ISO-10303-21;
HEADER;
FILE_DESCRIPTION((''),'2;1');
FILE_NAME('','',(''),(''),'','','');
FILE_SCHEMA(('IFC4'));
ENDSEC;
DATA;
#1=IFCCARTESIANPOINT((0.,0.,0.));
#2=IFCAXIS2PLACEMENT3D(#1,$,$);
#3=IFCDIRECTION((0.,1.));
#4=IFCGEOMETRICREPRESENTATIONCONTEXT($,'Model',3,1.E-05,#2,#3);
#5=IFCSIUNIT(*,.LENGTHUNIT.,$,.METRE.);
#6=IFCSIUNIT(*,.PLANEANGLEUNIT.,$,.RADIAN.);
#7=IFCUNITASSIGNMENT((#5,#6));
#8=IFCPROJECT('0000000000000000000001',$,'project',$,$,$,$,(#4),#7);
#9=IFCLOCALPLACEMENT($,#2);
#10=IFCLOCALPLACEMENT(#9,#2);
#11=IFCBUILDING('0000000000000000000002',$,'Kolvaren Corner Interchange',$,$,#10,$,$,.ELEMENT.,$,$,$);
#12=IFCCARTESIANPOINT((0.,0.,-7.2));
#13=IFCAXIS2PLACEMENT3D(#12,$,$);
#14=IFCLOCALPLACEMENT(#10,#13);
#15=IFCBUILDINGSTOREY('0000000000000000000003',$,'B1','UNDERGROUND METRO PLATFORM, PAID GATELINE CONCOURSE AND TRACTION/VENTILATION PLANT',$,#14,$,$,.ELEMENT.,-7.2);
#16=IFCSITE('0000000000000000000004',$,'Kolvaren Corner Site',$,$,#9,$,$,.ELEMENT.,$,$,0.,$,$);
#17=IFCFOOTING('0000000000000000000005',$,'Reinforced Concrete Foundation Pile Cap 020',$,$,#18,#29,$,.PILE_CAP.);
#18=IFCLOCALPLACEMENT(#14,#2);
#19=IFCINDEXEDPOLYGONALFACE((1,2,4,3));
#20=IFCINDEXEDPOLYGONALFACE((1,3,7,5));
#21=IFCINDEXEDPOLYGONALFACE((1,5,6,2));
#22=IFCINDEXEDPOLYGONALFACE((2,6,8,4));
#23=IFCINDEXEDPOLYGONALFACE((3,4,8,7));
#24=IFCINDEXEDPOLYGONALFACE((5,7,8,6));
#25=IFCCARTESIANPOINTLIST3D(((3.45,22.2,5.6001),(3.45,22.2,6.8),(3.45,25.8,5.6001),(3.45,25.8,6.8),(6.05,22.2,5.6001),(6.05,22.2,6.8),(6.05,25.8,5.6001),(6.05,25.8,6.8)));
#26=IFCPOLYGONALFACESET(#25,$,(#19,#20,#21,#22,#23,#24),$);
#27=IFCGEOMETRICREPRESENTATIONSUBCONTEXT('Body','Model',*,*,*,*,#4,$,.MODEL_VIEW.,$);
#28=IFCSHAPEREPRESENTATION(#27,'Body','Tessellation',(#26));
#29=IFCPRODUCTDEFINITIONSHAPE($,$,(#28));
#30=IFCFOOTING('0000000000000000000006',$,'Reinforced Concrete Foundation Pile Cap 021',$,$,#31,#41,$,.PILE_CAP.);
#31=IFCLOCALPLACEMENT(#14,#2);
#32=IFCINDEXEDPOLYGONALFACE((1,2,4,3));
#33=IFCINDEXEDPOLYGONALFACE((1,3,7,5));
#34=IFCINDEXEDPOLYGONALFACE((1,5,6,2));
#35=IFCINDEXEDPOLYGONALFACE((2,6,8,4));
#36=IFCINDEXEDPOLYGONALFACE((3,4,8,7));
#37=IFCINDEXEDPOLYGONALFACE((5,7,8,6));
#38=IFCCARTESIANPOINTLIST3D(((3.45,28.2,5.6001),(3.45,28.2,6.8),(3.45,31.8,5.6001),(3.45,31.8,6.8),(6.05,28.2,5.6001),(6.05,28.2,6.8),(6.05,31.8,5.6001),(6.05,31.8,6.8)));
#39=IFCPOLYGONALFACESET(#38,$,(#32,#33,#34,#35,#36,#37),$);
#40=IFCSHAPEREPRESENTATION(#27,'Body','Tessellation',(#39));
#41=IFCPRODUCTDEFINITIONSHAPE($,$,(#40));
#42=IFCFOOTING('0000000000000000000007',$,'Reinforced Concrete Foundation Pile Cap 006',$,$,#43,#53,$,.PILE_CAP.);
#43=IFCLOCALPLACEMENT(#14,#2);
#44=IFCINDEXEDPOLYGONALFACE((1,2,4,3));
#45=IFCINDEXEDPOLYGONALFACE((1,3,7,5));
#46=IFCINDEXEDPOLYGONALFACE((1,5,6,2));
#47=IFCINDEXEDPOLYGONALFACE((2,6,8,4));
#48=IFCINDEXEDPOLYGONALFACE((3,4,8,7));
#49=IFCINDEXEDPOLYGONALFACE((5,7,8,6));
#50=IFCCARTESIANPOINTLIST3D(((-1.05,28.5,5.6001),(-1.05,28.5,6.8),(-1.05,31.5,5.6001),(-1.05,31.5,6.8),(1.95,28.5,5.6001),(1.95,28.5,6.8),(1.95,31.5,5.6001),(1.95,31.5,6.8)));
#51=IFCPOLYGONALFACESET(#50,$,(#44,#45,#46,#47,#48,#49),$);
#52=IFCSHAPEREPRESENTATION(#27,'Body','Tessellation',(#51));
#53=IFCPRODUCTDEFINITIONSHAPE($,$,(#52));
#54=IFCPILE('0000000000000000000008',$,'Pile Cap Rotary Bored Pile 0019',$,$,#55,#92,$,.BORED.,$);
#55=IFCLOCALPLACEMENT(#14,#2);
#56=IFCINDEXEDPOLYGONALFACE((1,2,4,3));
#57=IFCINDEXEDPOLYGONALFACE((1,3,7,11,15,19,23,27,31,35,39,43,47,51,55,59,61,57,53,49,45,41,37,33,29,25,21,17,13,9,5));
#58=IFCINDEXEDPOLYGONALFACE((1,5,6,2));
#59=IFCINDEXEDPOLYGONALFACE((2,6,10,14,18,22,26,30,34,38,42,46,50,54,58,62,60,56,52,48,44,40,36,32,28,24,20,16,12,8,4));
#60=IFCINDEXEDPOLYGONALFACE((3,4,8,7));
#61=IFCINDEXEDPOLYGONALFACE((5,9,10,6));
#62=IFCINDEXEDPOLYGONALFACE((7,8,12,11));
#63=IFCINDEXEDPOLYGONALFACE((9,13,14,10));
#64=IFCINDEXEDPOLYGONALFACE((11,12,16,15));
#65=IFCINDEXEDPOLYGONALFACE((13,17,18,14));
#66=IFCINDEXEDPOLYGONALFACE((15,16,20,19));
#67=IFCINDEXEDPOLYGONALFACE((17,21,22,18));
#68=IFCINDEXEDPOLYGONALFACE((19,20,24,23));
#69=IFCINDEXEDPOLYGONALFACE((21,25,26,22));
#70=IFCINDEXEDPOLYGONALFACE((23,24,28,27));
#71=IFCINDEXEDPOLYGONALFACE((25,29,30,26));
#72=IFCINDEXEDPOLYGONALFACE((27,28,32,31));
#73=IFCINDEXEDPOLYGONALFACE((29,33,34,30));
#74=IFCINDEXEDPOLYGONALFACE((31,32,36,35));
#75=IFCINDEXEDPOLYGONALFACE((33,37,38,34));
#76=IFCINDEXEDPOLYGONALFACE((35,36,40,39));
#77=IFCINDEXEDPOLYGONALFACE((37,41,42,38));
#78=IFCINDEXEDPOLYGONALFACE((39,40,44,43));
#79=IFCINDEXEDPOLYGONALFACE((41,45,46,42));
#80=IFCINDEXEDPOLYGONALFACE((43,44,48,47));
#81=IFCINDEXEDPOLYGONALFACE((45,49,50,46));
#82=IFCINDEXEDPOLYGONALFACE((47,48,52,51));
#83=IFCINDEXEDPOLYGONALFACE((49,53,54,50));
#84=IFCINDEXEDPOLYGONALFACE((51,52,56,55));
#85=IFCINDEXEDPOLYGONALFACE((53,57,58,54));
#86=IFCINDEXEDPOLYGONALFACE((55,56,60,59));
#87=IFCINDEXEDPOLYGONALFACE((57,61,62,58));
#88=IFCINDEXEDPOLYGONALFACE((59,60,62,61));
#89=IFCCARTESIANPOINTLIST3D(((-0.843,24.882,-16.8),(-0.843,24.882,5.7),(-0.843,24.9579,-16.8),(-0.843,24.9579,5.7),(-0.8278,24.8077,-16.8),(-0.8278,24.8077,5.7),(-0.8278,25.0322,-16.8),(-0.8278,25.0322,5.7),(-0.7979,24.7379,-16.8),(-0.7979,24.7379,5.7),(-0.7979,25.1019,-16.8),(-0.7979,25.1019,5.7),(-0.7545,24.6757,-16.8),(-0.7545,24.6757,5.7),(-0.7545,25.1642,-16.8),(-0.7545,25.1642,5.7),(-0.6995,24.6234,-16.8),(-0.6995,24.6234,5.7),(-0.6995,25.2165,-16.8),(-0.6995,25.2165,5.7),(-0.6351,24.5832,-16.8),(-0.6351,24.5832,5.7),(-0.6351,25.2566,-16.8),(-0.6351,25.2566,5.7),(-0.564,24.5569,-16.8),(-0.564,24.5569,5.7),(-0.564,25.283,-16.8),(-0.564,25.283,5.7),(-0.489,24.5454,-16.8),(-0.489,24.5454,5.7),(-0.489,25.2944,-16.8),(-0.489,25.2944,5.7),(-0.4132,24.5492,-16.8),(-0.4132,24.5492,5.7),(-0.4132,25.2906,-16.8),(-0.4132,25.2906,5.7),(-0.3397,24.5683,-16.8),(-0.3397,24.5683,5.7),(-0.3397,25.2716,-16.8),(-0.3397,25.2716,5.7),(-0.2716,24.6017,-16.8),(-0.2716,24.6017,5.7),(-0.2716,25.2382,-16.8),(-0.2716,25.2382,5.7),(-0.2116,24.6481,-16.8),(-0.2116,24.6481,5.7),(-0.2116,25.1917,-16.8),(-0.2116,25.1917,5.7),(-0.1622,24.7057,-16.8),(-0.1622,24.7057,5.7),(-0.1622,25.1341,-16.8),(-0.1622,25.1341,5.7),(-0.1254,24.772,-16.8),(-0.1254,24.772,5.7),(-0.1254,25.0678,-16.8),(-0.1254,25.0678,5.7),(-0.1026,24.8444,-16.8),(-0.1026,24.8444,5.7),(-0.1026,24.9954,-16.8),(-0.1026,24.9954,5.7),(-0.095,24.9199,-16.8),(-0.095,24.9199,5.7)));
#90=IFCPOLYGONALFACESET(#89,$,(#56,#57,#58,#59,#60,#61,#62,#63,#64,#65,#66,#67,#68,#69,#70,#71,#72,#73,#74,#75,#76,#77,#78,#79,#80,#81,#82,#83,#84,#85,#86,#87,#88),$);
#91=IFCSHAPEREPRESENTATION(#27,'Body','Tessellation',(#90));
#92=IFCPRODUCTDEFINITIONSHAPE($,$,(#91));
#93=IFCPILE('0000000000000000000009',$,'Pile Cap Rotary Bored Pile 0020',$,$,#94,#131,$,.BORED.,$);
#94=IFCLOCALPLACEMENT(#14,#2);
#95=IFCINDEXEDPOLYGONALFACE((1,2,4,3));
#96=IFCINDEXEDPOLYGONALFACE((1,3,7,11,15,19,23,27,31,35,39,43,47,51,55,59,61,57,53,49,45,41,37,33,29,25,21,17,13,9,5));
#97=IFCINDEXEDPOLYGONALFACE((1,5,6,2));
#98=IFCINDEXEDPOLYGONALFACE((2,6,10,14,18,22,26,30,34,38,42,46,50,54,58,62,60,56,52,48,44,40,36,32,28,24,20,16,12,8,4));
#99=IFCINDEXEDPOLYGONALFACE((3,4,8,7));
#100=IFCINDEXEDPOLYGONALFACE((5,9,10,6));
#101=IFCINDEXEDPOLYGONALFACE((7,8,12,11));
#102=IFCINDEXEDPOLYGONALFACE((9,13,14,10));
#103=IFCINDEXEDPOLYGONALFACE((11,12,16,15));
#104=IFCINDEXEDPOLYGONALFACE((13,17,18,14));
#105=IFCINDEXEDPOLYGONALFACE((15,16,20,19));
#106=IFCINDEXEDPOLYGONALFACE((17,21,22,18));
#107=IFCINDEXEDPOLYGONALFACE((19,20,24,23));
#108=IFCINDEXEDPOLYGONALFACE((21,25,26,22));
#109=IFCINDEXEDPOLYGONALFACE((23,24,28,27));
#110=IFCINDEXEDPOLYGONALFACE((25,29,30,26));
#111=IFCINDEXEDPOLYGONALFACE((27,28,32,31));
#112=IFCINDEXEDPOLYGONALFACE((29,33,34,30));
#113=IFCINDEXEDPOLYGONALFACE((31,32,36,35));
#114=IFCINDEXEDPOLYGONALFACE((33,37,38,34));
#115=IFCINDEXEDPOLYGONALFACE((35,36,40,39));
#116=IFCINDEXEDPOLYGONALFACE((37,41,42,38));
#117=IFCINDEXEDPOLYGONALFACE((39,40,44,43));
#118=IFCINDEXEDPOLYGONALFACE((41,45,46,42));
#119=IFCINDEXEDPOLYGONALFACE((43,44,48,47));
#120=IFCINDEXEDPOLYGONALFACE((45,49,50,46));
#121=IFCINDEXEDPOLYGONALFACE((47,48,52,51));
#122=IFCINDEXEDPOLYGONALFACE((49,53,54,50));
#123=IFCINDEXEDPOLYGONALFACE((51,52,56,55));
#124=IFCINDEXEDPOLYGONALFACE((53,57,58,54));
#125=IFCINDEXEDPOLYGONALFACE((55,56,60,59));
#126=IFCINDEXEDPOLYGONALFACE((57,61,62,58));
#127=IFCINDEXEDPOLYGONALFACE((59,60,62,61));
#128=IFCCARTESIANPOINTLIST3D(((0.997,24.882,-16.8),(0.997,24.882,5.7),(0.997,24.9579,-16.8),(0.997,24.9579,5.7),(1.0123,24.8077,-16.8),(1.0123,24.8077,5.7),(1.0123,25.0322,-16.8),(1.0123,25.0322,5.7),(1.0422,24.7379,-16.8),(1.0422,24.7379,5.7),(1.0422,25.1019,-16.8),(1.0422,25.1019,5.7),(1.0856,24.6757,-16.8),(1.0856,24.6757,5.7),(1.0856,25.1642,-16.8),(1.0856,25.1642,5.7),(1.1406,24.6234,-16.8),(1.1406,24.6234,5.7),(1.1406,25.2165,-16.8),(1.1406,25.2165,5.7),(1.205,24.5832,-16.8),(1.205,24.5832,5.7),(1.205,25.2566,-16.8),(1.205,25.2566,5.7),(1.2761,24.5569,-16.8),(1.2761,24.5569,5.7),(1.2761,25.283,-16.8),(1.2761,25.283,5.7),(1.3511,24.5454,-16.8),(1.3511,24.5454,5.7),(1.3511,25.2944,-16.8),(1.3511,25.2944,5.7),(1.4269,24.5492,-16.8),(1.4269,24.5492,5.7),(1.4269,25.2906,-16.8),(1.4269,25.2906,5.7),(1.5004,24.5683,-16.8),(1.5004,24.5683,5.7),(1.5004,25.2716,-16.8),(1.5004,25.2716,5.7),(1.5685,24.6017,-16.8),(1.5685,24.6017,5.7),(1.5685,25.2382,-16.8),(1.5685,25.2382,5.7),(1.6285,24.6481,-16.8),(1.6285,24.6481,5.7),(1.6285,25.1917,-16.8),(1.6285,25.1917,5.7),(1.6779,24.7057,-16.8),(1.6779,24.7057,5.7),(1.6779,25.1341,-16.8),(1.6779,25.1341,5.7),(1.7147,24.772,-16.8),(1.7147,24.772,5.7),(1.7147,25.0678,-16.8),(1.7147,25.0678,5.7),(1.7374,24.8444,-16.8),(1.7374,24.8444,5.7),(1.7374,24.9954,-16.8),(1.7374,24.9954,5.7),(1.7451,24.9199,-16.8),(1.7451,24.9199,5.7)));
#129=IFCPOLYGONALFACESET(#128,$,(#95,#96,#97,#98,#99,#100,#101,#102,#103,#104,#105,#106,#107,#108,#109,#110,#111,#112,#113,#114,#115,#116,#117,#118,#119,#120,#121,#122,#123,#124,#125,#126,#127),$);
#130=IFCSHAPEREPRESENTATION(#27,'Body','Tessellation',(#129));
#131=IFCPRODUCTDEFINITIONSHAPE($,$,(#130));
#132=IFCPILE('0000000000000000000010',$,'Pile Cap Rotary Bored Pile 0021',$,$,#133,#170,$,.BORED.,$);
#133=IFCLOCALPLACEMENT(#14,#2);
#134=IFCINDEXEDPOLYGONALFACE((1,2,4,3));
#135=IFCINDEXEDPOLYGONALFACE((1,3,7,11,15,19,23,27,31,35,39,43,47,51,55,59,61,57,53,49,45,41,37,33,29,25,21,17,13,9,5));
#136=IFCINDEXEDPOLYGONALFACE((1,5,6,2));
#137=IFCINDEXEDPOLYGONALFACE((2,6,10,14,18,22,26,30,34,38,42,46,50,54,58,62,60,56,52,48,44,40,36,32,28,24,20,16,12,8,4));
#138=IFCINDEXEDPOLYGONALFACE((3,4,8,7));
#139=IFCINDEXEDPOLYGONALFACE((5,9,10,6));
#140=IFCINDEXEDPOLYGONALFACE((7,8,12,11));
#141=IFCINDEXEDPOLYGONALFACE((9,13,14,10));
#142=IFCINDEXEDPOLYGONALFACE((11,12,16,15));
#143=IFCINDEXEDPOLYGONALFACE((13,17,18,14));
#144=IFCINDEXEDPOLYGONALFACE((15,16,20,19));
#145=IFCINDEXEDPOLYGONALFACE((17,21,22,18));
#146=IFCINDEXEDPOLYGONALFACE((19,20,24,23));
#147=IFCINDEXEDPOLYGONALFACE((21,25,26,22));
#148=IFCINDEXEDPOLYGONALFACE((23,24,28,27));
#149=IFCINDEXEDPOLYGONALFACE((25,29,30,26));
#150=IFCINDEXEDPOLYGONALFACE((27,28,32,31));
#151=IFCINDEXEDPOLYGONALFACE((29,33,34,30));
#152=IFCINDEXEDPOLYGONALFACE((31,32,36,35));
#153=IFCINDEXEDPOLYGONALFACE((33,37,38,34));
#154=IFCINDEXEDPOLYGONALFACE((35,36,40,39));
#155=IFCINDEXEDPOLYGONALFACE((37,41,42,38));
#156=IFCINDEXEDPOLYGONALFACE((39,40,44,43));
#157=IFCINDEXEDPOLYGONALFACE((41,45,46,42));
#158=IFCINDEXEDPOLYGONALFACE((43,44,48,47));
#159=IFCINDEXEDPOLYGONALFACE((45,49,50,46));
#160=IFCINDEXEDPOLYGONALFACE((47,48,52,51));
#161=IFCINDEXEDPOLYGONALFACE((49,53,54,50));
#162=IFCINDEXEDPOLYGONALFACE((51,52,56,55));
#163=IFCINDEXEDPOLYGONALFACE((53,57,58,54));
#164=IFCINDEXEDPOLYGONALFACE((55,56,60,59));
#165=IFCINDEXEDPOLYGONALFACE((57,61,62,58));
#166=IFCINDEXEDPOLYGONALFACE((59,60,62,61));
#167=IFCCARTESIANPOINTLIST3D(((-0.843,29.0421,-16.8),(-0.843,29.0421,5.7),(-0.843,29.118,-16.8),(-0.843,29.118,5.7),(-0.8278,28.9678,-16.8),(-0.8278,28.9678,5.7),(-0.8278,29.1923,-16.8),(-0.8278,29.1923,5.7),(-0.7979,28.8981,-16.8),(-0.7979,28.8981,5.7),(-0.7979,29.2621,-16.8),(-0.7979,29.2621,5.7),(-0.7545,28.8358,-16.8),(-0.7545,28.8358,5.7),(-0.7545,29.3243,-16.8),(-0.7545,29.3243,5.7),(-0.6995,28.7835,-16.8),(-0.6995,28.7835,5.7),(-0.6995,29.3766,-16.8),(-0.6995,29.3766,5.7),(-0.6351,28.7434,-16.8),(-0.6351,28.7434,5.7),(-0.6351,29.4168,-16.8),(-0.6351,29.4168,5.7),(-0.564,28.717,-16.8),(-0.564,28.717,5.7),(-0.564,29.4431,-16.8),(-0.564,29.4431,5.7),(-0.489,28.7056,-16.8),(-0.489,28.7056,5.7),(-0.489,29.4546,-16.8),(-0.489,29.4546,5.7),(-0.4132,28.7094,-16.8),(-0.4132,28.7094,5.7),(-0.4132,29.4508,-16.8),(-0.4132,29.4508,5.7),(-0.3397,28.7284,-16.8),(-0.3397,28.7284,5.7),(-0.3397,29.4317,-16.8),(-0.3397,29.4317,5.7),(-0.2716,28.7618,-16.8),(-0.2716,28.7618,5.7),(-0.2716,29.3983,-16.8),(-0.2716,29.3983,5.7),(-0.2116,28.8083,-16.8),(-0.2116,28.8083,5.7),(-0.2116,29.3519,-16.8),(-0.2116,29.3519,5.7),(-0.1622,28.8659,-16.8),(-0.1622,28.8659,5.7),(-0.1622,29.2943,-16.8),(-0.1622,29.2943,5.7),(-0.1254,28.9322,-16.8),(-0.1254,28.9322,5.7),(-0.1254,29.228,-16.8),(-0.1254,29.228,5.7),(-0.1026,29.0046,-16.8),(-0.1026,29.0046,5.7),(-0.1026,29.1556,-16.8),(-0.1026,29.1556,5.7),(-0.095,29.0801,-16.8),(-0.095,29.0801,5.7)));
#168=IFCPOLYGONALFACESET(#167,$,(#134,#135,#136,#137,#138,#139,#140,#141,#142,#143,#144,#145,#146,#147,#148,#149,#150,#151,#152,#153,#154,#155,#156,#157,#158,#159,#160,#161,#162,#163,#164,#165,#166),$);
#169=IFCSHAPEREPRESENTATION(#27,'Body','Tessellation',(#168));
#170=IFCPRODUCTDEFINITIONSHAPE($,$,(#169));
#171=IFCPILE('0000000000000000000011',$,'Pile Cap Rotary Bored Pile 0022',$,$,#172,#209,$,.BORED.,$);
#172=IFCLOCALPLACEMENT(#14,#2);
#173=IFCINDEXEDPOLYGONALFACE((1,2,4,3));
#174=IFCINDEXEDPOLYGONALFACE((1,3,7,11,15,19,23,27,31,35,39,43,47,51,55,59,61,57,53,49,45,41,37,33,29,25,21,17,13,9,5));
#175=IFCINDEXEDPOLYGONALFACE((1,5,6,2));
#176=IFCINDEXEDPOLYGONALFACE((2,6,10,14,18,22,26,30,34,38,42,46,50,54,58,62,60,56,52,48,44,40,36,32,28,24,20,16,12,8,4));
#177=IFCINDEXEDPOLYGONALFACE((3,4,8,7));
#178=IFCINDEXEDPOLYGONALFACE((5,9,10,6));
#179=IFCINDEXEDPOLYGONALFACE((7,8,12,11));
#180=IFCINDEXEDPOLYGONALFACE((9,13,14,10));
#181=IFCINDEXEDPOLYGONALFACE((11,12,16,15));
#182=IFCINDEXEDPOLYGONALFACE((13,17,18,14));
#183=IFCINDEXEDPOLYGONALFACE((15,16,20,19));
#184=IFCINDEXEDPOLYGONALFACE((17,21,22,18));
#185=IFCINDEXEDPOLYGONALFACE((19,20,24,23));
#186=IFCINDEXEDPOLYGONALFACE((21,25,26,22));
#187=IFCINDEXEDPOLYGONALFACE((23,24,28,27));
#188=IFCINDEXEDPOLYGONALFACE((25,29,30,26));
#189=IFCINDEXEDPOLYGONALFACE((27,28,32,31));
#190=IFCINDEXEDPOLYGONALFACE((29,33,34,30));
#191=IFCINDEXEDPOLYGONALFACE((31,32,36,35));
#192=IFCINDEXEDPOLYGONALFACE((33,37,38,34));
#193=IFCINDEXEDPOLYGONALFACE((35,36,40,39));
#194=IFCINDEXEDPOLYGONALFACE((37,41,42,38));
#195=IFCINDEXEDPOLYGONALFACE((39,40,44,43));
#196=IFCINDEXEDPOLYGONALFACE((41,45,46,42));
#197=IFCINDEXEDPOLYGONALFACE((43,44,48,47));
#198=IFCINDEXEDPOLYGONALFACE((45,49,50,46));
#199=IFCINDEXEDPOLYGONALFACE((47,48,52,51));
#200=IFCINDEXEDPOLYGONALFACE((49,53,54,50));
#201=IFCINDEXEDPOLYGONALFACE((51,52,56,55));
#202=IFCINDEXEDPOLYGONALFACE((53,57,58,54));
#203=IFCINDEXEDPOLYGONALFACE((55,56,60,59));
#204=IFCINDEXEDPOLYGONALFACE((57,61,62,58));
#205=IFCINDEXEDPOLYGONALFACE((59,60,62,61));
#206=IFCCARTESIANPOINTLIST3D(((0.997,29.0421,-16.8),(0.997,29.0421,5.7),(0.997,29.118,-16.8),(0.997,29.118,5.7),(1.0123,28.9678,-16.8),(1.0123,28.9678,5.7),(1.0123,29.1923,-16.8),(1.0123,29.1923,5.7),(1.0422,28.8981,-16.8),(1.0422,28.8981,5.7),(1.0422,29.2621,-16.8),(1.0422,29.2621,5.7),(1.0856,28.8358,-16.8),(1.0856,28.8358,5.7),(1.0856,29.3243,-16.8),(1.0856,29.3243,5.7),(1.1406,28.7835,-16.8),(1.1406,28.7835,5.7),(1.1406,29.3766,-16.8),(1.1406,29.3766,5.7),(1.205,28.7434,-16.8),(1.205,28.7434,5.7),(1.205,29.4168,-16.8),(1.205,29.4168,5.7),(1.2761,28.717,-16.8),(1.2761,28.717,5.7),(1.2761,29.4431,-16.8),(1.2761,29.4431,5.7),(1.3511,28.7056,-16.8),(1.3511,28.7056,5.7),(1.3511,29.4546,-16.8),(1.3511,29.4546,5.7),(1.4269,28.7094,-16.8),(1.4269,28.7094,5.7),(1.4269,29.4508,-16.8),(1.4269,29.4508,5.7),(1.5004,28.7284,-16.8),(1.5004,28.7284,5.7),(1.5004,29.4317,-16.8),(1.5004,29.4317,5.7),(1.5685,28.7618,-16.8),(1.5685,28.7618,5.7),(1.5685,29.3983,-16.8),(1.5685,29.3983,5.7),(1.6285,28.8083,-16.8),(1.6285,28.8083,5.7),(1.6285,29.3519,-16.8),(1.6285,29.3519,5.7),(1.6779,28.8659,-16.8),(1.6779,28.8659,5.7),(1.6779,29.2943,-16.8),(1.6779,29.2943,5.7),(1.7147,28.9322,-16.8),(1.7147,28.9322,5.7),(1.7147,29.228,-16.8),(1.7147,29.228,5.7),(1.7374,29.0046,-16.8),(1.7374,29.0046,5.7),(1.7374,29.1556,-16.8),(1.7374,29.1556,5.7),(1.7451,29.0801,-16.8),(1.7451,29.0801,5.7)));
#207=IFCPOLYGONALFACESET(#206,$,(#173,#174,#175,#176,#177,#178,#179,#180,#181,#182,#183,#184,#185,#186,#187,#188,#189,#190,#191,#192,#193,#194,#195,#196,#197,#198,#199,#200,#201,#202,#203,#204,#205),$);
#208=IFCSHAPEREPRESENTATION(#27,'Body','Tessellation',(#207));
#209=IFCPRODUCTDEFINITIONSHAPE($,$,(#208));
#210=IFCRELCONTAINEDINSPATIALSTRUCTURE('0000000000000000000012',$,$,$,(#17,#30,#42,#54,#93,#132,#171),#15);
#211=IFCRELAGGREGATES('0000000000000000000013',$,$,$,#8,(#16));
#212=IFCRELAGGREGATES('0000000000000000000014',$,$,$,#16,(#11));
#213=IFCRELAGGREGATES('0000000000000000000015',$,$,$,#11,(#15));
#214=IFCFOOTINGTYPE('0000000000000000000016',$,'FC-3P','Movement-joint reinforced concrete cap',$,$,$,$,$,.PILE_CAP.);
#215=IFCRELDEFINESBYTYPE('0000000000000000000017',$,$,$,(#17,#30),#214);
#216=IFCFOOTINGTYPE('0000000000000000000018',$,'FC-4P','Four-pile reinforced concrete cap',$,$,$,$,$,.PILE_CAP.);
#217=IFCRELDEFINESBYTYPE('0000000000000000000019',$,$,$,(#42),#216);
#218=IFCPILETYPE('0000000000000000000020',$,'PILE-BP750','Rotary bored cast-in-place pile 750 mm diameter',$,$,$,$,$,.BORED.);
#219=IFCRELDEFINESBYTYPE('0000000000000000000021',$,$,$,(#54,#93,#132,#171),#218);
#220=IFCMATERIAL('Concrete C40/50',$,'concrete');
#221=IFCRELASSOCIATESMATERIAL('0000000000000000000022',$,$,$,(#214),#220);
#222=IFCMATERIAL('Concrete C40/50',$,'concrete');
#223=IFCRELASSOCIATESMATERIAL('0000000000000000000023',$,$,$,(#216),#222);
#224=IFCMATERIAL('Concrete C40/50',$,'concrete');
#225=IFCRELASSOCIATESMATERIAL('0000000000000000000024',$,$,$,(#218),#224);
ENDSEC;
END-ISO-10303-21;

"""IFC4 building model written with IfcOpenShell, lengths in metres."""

from ifc_helpers import new_model, si_unit, direction, frame, origin, origin_2d, place, context, subcontext, project, spatial, rectangle, circle, extrude, material, material_profile, profile_set, type_object, element, save


model = new_model("IFC4")

# Units and contexts
model_context = context("Model", 3, precision=1e-05, world=origin(), true_north=direction((0.0, 1.0)))
body_context = subcontext(model_context, "Body", "Model", "MODEL_VIEW")
ifc_project = project(units=[si_unit("LENGTHUNIT", "METRE"), si_unit("PLANEANGLEUNIT", "RADIAN")], contexts=[model_context])

# Site, building, storey
site_placement = place(None, origin())
site = spatial("IfcSite", under=ifc_project, at=site_placement, Name="Kolvaren Corner Site", CompositionType="ELEMENT", RefElevation=0.0)
building_placement = place(site_placement, origin())
building = spatial("IfcBuilding", under=site, at=building_placement, Name="Kolvaren Corner Interchange", CompositionType="ELEMENT")
storey_placement = place(building_placement, frame((0.0, 0.0, -7.2)))
storey = spatial("IfcBuildingStorey", under=building, at=storey_placement, Name="B1", Description="UNDERGROUND METRO PLATFORM, PAID GATELINE CONCOURSE AND TRACTION/VENTILATION PLANT", CompositionType="ELEMENT", Elevation=-7.2)

# Footings
ifc_material_1 = material(Name="Concrete C40/50", Category="concrete")
footing_type_1 = type_object("IfcFootingType", Name="FC-3P", Description="Movement-joint reinforced concrete cap", PredefinedType="PILE_CAP", material=ifc_material_1)
for number, where, z_axis, x_axis, name in (
    (1, (4.75, 24.0, 5.6001), (0.0, 0.0, 1.0), (1.0, 0.0, 0.0), "Reinforced Concrete Foundation Pile Cap 020"),
    (2, (4.75, 30.0, 5.6001), (0.0, 0.0, 1.0), (1.0, 0.0, 0.0), "Reinforced Concrete Foundation Pile Cap 021"),
):
    element("IfcFooting", number, at=place(storey_placement, frame(where, z_axis=z_axis, x_axis=x_axis)), inside=storey, type_object=footing_type_1, Name=name, PredefinedType="PILE_CAP", context=body_context, shape_type="SweptSolid", body=[
        extrude(rectangle(XDim=2.6001, YDim=3.6001, at=origin_2d()), origin(), (0.0, 0.0, 1.0), 1.2),
    ])
ifc_material_2 = material(Name="Concrete C40/50", Category="concrete")
footing_type_2 = type_object("IfcFootingType", Name="FC-4P", Description="Four-pile reinforced concrete cap", PredefinedType="PILE_CAP", material=ifc_material_2)
footing_placement = place(storey_placement, frame((0.45, 30.0, 5.6001), z_axis=(0.0, 0.0, 1.0), x_axis=(1.0, 0.0, 0.0)))
element("IfcFooting", 3, at=footing_placement, inside=storey, type_object=footing_type_2, Name="Reinforced Concrete Foundation Pile Cap 006", PredefinedType="PILE_CAP", context=body_context, shape_type="SweptSolid", body=[
    extrude(rectangle(XDim=3.0, YDim=3.0, at=origin_2d()), origin(), (0.0, 0.0, 1.0), 1.2),
])

# Piles
ifc_material_3 = material(Name="Concrete C40/50", Category="concrete")
ifc_material_profile_1 = material_profile(ifc_material_3, circle(Radius=0.375, at=origin_2d()), Name="BORED PILE 750")
ifc_profile_set_1 = profile_set([ifc_material_profile_1], Name="Concrete C40/50")
pile_type_1 = type_object("IfcPileType", Name="PILE-BP750", Description="Rotary bored cast-in-place pile 750 mm diameter", PredefinedType="BORED", material=ifc_profile_set_1)
for number, where, z_axis, x_axis, name in (
    (4, (-0.47, 24.9199, 5.7), (0.0, 0.0, -1.0), (1.0, 0.0, 0.0), "Pile Cap Rotary Bored Pile 0019"),
    (5, (1.3701, 24.9199, 5.7), (0.0, 0.0, -1.0), (1.0, 0.0, 0.0), "Pile Cap Rotary Bored Pile 0020"),
    (6, (-0.47, 29.0801, 5.7), (0.0, 0.0, -1.0), (1.0, 0.0, 0.0), "Pile Cap Rotary Bored Pile 0021"),
    (7, (1.3701, 29.0801, 5.7), (0.0, 0.0, -1.0), (1.0, 0.0, 0.0), "Pile Cap Rotary Bored Pile 0022"),
):
    element("IfcPile", number, at=place(storey_placement, frame(where, z_axis=z_axis, x_axis=x_axis)), inside=storey, type_object=pile_type_1, Name=name, PredefinedType="BORED", context=body_context, shape_type="SweptSolid", body=[
        extrude(circle(Radius=0.375, at=origin_2d()), origin(), (0.0, 0.0, 1.0), 22.5),
    ])

save(model, "model.ifc")
